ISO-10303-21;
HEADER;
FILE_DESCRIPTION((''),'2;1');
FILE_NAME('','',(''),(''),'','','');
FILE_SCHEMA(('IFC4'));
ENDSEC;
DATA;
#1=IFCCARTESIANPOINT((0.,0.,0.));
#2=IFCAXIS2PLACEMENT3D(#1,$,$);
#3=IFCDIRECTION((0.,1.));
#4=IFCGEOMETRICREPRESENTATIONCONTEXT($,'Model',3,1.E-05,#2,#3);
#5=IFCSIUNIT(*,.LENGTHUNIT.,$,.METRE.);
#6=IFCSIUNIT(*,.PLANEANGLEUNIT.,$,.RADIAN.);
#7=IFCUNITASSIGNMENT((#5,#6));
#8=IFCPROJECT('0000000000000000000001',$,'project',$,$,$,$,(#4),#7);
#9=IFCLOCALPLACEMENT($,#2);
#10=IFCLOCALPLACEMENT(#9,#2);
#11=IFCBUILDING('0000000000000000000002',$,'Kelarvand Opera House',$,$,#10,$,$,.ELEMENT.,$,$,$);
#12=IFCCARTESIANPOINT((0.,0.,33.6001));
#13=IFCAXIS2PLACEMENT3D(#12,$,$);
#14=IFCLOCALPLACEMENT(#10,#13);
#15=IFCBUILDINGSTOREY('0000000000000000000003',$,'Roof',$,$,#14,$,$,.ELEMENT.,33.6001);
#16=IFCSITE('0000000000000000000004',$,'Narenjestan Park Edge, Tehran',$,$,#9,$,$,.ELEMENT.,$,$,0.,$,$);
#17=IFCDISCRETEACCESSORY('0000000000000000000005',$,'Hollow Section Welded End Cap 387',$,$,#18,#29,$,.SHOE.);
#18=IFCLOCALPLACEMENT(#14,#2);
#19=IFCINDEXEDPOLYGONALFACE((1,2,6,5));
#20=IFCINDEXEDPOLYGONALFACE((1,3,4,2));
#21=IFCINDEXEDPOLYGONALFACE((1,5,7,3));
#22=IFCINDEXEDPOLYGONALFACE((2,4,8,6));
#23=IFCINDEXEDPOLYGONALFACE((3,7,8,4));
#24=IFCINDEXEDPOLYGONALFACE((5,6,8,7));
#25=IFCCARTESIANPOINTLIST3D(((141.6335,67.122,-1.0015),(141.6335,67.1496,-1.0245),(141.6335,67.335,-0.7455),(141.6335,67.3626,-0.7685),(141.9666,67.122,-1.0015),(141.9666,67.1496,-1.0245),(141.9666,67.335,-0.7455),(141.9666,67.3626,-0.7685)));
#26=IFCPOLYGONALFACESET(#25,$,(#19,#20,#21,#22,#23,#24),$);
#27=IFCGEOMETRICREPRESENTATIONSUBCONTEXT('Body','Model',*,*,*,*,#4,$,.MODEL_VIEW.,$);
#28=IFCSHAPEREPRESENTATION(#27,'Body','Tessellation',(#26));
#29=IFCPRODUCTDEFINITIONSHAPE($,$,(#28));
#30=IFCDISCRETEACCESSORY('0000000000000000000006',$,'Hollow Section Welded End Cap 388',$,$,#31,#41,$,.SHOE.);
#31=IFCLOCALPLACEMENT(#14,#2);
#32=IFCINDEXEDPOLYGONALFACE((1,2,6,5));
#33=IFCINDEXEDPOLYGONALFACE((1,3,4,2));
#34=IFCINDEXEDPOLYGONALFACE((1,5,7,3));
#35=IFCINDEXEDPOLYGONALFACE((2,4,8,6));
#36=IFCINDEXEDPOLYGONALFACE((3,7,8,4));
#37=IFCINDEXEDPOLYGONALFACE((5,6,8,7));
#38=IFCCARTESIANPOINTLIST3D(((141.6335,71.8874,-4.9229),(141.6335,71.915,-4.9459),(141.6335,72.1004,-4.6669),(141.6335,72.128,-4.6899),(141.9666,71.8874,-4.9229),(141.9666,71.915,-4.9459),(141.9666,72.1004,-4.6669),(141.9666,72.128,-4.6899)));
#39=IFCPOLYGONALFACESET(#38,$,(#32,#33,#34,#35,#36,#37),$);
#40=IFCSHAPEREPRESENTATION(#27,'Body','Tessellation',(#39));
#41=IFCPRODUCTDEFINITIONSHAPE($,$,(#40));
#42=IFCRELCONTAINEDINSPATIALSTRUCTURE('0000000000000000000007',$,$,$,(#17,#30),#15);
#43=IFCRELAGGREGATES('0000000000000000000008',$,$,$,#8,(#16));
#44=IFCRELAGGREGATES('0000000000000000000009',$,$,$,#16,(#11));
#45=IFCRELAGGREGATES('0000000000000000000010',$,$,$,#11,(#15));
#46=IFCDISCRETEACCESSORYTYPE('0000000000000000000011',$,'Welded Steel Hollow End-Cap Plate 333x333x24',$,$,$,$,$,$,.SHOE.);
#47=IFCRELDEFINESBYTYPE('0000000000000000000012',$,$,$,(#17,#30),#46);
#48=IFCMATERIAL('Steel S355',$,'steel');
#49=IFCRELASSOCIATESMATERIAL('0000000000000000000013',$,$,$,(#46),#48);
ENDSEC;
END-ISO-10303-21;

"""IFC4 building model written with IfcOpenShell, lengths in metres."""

from ifc_helpers import new_model, si_unit, direction, frame, origin, origin_2d, place, context, subcontext, project, spatial, rectangle, extrude, material, material_profile, profile_set, type_object, element, save


model = new_model("IFC4")

# Units and contexts
model_context = context("Model", 3, precision=1e-05, world=origin(), true_north=direction((0.0, 1.0)))
body_context = subcontext(model_context, "Body", "Model", "MODEL_VIEW")
ifc_project = project(units=[si_unit("LENGTHUNIT", "METRE"), si_unit("PLANEANGLEUNIT", "RADIAN")], contexts=[model_context])

# Site, building, storey
site_placement = place(None, origin())
site = spatial("IfcSite", under=ifc_project, at=site_placement, Name="Narenjestan Park Edge, Tehran", CompositionType="ELEMENT", RefElevation=0.0)
building_placement = place(site_placement, origin())
building = spatial("IfcBuilding", under=site, at=building_placement, Name="Kelarvand Opera House", CompositionType="ELEMENT")
storey_placement = place(building_placement, frame((0.0, 0.0, 33.6001)))
storey = spatial("IfcBuildingStorey", under=building, at=storey_placement, Name="Roof", CompositionType="ELEMENT", Elevation=33.6001)

# Shared definitions
ifc_material = material(Name="Steel S355", Category="steel")

# Discrete accessories
ifc_material_profile_1 = material_profile(ifc_material, rectangle(XDim=0.333, YDim=0.333, at=origin_2d()), Name="Welded Steel Hollow End-Cap Plate 333x333x24", Category="steel")
ifc_profile_set_1 = profile_set([ifc_material_profile_1], Name="Steel S355")
discrete_accessory_type_1 = type_object("IfcDiscreteAccessoryType", Name="Welded Steel Hollow End-Cap Plate 333x333x24", PredefinedType="SHOE", material=ifc_profile_set_1)
for number, where, z_axis, x_axis, name in (
    (1, (141.8, 67.2561, -0.8965), (0.0, -0.768779, 0.639515), (1.0, 0.0, 0.0), "Hollow Section Welded End Cap 387"),
    (2, (141.8, 71.9939, -4.7949), (0.0, 0.768779, -0.639515), (-1.0, 0.0, 0.0), "Hollow Section Welded End Cap 388"),
):
    element("IfcDiscreteAccessory", number, at=place(storey_placement, frame(where, z_axis=z_axis, x_axis=x_axis)), inside=storey, type_object=discrete_accessory_type_1, Name=name, PredefinedType="SHOE", context=body_context, shape_type="SweptSolid", body=[
        extrude(rectangle(XDim=0.333, YDim=0.333, at=origin_2d()), origin(), (0.0, 0.0, 1.0), 0.0359),
    ])

save(model, "model.ifc")
